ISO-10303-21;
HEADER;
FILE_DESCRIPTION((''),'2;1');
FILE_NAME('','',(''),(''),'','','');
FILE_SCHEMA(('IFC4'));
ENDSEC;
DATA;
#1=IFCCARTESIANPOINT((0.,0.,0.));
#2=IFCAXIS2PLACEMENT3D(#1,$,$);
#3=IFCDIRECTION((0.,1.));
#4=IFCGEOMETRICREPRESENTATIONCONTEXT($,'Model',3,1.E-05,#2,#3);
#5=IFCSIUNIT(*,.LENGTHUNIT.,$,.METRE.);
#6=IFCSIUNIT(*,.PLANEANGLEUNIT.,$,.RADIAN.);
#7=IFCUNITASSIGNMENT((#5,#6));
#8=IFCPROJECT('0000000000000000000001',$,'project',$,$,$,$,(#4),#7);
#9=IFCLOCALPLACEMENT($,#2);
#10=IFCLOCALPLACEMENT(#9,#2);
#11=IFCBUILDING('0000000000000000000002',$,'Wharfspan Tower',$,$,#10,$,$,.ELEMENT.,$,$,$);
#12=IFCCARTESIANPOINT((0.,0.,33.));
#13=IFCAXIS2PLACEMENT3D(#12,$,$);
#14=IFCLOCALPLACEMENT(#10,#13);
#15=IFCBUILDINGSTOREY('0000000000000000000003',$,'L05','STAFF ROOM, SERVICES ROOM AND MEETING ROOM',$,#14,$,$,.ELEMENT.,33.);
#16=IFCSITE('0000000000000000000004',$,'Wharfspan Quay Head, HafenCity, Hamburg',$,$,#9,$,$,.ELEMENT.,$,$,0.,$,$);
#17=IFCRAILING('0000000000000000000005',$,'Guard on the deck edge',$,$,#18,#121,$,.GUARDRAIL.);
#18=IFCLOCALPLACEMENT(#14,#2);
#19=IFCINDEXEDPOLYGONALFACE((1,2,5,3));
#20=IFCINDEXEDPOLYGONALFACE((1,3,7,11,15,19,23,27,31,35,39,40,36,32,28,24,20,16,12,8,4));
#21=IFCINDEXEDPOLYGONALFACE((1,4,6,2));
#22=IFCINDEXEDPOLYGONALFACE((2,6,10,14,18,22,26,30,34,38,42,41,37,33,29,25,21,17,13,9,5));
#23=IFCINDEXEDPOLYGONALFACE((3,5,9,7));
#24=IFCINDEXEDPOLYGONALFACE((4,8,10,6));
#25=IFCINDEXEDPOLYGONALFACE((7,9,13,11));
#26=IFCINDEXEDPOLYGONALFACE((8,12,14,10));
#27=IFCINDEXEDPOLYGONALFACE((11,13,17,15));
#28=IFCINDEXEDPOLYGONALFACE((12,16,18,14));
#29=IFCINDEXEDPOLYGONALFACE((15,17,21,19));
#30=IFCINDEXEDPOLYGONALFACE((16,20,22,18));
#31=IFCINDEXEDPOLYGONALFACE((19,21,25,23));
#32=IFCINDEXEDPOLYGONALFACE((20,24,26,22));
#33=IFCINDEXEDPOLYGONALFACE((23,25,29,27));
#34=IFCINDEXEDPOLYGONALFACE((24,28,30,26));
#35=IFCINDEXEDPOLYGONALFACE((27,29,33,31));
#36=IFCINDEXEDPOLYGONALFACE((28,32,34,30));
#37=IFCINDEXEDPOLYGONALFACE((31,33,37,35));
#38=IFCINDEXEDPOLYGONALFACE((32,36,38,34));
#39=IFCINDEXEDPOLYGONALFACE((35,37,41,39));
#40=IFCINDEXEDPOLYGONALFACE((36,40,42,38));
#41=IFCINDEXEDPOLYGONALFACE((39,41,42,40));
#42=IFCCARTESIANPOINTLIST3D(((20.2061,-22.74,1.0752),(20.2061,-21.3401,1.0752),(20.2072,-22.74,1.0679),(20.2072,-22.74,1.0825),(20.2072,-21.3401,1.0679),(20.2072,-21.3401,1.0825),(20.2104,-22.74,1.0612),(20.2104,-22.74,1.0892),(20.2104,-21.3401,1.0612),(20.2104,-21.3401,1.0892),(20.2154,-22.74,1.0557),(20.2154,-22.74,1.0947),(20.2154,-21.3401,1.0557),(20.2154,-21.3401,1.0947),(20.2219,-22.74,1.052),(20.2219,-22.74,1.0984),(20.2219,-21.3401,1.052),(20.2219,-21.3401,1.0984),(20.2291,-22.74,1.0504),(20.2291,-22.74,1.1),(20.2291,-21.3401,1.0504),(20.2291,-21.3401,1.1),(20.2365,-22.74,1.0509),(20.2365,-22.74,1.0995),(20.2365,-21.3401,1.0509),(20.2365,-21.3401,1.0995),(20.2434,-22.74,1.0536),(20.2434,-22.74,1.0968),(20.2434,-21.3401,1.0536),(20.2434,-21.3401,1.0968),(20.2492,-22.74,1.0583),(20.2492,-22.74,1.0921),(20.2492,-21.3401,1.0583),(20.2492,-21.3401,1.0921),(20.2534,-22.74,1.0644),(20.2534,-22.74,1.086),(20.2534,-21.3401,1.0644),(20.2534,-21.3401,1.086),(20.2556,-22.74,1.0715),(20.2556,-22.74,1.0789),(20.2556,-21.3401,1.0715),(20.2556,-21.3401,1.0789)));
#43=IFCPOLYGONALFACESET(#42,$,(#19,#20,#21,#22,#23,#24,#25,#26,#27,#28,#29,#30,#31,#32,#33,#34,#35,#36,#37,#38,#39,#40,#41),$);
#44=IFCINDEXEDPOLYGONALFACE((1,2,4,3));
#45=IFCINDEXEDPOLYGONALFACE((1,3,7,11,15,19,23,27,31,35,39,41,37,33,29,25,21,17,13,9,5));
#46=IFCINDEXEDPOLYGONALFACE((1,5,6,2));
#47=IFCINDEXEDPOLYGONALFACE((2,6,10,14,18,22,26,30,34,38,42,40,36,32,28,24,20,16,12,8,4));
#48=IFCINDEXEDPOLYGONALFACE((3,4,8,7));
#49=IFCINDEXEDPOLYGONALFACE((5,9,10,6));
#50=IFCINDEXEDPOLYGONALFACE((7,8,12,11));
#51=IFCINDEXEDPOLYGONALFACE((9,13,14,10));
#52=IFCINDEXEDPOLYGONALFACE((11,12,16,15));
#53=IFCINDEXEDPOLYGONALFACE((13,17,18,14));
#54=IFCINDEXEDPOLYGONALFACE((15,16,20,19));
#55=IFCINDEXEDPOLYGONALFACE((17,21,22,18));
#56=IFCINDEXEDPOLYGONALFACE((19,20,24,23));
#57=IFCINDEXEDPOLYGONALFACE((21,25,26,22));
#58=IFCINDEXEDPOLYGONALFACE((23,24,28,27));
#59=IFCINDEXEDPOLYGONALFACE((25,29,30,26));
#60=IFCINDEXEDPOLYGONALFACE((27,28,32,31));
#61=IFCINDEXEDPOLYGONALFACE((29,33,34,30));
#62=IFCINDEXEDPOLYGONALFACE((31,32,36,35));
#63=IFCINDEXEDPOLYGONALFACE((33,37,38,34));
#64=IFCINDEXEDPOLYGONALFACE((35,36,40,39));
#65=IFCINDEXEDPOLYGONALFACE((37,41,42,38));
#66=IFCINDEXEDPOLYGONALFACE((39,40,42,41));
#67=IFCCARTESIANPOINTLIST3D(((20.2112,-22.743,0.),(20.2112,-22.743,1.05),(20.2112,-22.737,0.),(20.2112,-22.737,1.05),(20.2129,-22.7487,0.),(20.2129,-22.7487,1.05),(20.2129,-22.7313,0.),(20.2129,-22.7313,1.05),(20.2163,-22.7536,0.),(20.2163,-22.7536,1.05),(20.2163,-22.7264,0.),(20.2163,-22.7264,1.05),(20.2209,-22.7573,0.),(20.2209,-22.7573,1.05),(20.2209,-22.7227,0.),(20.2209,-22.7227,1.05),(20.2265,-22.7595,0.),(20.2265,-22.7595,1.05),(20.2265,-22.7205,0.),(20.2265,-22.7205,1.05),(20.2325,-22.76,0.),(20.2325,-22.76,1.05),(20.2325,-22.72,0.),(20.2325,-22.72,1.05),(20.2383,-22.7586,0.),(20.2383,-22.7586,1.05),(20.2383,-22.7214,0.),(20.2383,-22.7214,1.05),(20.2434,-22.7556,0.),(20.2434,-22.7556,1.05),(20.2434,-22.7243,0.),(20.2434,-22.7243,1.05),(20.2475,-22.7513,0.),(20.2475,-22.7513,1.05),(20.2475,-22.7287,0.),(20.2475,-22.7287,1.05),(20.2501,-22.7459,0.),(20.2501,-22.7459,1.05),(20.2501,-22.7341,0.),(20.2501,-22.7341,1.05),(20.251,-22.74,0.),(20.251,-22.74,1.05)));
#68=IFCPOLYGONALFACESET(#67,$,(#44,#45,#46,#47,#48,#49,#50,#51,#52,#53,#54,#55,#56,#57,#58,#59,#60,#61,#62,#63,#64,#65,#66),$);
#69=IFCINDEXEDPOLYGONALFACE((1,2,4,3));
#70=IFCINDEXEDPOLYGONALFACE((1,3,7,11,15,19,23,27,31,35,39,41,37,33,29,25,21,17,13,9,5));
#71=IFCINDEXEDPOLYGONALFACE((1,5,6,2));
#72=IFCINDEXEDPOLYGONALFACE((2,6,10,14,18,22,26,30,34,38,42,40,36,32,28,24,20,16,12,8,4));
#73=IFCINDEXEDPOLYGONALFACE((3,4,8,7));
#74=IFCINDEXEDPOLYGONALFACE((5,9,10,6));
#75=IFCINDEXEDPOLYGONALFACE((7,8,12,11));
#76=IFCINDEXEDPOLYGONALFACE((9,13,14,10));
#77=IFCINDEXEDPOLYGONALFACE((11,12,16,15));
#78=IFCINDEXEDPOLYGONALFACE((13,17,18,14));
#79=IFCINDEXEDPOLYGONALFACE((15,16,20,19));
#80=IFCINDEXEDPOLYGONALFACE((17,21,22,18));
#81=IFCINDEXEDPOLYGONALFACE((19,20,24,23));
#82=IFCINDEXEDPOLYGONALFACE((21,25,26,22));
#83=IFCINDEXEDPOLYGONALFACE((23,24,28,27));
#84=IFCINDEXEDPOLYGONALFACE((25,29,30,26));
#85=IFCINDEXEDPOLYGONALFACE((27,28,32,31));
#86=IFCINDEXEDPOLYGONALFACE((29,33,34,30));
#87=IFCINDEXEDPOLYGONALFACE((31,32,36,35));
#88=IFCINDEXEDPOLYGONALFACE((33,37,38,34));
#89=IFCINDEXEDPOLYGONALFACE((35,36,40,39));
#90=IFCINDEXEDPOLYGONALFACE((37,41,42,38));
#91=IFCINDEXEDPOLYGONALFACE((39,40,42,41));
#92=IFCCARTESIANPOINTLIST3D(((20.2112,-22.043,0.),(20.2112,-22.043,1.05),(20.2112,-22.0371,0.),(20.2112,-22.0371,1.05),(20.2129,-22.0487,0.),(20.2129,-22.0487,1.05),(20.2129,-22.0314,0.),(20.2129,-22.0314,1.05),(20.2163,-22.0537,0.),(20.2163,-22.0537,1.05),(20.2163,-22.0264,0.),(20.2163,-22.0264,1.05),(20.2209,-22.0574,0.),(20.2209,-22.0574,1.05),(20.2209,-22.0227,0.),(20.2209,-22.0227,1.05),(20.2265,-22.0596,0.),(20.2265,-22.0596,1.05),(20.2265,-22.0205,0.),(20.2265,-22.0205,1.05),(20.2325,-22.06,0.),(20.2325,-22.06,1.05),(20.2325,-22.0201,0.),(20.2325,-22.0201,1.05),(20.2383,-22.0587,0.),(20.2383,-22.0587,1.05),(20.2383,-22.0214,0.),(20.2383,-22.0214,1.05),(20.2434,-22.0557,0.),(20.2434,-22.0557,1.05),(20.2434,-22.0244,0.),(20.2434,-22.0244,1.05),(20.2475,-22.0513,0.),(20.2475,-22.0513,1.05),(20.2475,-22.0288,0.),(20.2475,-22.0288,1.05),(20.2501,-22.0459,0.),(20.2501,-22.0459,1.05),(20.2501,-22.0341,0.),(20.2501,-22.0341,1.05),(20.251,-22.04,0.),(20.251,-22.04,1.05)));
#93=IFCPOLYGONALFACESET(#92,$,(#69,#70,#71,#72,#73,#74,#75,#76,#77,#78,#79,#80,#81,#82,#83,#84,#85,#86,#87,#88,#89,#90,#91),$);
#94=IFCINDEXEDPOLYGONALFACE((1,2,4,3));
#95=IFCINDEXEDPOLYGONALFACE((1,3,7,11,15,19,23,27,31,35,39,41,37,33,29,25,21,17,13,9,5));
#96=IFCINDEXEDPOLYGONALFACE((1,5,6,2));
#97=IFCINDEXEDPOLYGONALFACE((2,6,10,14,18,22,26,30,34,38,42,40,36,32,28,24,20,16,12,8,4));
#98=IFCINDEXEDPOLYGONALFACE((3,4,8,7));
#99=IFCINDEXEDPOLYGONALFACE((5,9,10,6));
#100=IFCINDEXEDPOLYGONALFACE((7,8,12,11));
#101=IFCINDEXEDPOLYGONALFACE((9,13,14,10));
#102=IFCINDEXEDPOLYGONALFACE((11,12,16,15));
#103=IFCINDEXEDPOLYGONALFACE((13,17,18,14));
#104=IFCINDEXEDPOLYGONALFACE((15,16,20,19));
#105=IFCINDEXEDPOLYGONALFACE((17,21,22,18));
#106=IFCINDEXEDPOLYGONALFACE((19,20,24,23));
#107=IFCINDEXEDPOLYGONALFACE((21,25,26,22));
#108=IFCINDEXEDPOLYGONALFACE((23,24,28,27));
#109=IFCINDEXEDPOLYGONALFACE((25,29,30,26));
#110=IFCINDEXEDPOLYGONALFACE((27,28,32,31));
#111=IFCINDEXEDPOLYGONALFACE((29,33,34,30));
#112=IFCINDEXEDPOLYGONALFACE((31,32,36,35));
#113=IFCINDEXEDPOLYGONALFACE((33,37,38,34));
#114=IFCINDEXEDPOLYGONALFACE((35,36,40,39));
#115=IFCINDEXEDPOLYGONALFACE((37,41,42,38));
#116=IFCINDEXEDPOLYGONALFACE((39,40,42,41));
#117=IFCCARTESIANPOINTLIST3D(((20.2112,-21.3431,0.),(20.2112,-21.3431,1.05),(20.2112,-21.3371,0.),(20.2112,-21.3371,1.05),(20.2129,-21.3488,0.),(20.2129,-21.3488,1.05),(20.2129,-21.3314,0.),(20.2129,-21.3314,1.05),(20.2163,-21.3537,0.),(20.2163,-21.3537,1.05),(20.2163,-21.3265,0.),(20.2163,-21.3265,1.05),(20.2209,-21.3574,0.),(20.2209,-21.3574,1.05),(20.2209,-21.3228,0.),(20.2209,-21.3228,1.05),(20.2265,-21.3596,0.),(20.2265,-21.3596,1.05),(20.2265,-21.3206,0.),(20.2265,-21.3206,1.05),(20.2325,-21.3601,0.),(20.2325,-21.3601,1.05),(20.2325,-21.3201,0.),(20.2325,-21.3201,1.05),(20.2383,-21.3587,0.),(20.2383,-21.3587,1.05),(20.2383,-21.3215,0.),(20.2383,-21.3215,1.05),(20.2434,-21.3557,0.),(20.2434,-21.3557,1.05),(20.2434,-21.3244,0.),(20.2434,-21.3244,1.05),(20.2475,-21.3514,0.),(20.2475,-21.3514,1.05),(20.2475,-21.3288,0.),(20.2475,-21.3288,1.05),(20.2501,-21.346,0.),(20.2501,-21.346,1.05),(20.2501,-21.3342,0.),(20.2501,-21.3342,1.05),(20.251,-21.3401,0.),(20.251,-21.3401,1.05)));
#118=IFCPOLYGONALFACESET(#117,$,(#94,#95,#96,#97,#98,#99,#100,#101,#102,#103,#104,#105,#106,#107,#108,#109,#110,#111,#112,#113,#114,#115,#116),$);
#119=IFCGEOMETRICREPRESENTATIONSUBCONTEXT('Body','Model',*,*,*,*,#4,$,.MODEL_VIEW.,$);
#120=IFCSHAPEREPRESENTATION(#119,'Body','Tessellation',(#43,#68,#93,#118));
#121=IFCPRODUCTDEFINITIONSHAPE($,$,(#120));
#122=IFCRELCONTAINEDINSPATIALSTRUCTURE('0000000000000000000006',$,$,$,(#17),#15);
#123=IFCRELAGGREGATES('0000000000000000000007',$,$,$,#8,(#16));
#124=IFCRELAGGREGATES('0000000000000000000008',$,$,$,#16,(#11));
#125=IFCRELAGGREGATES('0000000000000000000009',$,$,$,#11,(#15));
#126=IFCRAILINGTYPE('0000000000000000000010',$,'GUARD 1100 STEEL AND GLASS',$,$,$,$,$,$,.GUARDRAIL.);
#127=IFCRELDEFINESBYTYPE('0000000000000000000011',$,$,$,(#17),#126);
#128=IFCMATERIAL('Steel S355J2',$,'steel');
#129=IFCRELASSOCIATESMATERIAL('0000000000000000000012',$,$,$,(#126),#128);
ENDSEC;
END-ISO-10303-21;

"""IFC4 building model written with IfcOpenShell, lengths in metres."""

from ifc_helpers import new_model, si_unit, direction, frame, origin, origin_2d, place, context, subcontext, project, spatial, circle, extrude, material, type_object, element, save


model = new_model("IFC4")

# Units and contexts
model_context = context("Model", 3, precision=1e-05, world=origin(), true_north=direction((0.0, 1.0)))
body_context = subcontext(model_context, "Body", "Model", "MODEL_VIEW")
ifc_project = project(units=[si_unit("LENGTHUNIT", "METRE"), si_unit("PLANEANGLEUNIT", "RADIAN")], contexts=[model_context])

# Site, building, storey
site_placement = place(None, origin())
site = spatial("IfcSite", under=ifc_project, at=site_placement, Name="Wharfspan Quay Head, HafenCity, Hamburg", CompositionType="ELEMENT", RefElevation=0.0)
building_placement = place(site_placement, origin())
building = spatial("IfcBuilding", under=site, at=building_placement, Name="Wharfspan Tower", CompositionType="ELEMENT")
storey_placement = place(building_placement, frame((0.0, 0.0, 33.0)))
storey = spatial("IfcBuildingStorey", under=building, at=storey_placement, Name="L05", Description="STAFF ROOM, SERVICES ROOM AND MEETING ROOM", CompositionType="ELEMENT", Elevation=33.0)

# Railing
ifc_material_1 = material(Name="Steel S355J2", Category="steel")
railing_type = type_object("IfcRailingType", Name="GUARD 1100 STEEL AND GLASS", PredefinedType="GUARDRAIL", material=ifc_material_1)
railing_1_placement = place(storey_placement, frame((20.231, -22.74, 0.0)))
element("IfcRailing", 1, at=railing_1_placement, inside=storey, type_object=railing_type, Name="Guard on the deck edge", PredefinedType="GUARDRAIL", context=body_context, shape_type="SweptSolid", body=[
    extrude(circle(Radius=0.0249, at=origin_2d()), frame((0.0, 0.0, 1.0752), z_axis=(0.0, 1.0, 0.0), x_axis=(-1.0, 0.0, 0.0)), (0.0, 0.0, 1.0), 1.3999),
    extrude(circle(Radius=0.02, at=origin_2d()), origin(), (0.0, 0.0, 1.0), 1.05),
    extrude(circle(Radius=0.02, at=origin_2d()), frame((0.0, 0.7, 0.0)), (0.0, 0.0, 1.0), 1.05),
    extrude(circle(Radius=0.02, at=origin_2d()), frame((0.0, 1.3999, 0.0)), (0.0, 0.0, 1.0), 1.05),
])

save(model, "model.ifc")
